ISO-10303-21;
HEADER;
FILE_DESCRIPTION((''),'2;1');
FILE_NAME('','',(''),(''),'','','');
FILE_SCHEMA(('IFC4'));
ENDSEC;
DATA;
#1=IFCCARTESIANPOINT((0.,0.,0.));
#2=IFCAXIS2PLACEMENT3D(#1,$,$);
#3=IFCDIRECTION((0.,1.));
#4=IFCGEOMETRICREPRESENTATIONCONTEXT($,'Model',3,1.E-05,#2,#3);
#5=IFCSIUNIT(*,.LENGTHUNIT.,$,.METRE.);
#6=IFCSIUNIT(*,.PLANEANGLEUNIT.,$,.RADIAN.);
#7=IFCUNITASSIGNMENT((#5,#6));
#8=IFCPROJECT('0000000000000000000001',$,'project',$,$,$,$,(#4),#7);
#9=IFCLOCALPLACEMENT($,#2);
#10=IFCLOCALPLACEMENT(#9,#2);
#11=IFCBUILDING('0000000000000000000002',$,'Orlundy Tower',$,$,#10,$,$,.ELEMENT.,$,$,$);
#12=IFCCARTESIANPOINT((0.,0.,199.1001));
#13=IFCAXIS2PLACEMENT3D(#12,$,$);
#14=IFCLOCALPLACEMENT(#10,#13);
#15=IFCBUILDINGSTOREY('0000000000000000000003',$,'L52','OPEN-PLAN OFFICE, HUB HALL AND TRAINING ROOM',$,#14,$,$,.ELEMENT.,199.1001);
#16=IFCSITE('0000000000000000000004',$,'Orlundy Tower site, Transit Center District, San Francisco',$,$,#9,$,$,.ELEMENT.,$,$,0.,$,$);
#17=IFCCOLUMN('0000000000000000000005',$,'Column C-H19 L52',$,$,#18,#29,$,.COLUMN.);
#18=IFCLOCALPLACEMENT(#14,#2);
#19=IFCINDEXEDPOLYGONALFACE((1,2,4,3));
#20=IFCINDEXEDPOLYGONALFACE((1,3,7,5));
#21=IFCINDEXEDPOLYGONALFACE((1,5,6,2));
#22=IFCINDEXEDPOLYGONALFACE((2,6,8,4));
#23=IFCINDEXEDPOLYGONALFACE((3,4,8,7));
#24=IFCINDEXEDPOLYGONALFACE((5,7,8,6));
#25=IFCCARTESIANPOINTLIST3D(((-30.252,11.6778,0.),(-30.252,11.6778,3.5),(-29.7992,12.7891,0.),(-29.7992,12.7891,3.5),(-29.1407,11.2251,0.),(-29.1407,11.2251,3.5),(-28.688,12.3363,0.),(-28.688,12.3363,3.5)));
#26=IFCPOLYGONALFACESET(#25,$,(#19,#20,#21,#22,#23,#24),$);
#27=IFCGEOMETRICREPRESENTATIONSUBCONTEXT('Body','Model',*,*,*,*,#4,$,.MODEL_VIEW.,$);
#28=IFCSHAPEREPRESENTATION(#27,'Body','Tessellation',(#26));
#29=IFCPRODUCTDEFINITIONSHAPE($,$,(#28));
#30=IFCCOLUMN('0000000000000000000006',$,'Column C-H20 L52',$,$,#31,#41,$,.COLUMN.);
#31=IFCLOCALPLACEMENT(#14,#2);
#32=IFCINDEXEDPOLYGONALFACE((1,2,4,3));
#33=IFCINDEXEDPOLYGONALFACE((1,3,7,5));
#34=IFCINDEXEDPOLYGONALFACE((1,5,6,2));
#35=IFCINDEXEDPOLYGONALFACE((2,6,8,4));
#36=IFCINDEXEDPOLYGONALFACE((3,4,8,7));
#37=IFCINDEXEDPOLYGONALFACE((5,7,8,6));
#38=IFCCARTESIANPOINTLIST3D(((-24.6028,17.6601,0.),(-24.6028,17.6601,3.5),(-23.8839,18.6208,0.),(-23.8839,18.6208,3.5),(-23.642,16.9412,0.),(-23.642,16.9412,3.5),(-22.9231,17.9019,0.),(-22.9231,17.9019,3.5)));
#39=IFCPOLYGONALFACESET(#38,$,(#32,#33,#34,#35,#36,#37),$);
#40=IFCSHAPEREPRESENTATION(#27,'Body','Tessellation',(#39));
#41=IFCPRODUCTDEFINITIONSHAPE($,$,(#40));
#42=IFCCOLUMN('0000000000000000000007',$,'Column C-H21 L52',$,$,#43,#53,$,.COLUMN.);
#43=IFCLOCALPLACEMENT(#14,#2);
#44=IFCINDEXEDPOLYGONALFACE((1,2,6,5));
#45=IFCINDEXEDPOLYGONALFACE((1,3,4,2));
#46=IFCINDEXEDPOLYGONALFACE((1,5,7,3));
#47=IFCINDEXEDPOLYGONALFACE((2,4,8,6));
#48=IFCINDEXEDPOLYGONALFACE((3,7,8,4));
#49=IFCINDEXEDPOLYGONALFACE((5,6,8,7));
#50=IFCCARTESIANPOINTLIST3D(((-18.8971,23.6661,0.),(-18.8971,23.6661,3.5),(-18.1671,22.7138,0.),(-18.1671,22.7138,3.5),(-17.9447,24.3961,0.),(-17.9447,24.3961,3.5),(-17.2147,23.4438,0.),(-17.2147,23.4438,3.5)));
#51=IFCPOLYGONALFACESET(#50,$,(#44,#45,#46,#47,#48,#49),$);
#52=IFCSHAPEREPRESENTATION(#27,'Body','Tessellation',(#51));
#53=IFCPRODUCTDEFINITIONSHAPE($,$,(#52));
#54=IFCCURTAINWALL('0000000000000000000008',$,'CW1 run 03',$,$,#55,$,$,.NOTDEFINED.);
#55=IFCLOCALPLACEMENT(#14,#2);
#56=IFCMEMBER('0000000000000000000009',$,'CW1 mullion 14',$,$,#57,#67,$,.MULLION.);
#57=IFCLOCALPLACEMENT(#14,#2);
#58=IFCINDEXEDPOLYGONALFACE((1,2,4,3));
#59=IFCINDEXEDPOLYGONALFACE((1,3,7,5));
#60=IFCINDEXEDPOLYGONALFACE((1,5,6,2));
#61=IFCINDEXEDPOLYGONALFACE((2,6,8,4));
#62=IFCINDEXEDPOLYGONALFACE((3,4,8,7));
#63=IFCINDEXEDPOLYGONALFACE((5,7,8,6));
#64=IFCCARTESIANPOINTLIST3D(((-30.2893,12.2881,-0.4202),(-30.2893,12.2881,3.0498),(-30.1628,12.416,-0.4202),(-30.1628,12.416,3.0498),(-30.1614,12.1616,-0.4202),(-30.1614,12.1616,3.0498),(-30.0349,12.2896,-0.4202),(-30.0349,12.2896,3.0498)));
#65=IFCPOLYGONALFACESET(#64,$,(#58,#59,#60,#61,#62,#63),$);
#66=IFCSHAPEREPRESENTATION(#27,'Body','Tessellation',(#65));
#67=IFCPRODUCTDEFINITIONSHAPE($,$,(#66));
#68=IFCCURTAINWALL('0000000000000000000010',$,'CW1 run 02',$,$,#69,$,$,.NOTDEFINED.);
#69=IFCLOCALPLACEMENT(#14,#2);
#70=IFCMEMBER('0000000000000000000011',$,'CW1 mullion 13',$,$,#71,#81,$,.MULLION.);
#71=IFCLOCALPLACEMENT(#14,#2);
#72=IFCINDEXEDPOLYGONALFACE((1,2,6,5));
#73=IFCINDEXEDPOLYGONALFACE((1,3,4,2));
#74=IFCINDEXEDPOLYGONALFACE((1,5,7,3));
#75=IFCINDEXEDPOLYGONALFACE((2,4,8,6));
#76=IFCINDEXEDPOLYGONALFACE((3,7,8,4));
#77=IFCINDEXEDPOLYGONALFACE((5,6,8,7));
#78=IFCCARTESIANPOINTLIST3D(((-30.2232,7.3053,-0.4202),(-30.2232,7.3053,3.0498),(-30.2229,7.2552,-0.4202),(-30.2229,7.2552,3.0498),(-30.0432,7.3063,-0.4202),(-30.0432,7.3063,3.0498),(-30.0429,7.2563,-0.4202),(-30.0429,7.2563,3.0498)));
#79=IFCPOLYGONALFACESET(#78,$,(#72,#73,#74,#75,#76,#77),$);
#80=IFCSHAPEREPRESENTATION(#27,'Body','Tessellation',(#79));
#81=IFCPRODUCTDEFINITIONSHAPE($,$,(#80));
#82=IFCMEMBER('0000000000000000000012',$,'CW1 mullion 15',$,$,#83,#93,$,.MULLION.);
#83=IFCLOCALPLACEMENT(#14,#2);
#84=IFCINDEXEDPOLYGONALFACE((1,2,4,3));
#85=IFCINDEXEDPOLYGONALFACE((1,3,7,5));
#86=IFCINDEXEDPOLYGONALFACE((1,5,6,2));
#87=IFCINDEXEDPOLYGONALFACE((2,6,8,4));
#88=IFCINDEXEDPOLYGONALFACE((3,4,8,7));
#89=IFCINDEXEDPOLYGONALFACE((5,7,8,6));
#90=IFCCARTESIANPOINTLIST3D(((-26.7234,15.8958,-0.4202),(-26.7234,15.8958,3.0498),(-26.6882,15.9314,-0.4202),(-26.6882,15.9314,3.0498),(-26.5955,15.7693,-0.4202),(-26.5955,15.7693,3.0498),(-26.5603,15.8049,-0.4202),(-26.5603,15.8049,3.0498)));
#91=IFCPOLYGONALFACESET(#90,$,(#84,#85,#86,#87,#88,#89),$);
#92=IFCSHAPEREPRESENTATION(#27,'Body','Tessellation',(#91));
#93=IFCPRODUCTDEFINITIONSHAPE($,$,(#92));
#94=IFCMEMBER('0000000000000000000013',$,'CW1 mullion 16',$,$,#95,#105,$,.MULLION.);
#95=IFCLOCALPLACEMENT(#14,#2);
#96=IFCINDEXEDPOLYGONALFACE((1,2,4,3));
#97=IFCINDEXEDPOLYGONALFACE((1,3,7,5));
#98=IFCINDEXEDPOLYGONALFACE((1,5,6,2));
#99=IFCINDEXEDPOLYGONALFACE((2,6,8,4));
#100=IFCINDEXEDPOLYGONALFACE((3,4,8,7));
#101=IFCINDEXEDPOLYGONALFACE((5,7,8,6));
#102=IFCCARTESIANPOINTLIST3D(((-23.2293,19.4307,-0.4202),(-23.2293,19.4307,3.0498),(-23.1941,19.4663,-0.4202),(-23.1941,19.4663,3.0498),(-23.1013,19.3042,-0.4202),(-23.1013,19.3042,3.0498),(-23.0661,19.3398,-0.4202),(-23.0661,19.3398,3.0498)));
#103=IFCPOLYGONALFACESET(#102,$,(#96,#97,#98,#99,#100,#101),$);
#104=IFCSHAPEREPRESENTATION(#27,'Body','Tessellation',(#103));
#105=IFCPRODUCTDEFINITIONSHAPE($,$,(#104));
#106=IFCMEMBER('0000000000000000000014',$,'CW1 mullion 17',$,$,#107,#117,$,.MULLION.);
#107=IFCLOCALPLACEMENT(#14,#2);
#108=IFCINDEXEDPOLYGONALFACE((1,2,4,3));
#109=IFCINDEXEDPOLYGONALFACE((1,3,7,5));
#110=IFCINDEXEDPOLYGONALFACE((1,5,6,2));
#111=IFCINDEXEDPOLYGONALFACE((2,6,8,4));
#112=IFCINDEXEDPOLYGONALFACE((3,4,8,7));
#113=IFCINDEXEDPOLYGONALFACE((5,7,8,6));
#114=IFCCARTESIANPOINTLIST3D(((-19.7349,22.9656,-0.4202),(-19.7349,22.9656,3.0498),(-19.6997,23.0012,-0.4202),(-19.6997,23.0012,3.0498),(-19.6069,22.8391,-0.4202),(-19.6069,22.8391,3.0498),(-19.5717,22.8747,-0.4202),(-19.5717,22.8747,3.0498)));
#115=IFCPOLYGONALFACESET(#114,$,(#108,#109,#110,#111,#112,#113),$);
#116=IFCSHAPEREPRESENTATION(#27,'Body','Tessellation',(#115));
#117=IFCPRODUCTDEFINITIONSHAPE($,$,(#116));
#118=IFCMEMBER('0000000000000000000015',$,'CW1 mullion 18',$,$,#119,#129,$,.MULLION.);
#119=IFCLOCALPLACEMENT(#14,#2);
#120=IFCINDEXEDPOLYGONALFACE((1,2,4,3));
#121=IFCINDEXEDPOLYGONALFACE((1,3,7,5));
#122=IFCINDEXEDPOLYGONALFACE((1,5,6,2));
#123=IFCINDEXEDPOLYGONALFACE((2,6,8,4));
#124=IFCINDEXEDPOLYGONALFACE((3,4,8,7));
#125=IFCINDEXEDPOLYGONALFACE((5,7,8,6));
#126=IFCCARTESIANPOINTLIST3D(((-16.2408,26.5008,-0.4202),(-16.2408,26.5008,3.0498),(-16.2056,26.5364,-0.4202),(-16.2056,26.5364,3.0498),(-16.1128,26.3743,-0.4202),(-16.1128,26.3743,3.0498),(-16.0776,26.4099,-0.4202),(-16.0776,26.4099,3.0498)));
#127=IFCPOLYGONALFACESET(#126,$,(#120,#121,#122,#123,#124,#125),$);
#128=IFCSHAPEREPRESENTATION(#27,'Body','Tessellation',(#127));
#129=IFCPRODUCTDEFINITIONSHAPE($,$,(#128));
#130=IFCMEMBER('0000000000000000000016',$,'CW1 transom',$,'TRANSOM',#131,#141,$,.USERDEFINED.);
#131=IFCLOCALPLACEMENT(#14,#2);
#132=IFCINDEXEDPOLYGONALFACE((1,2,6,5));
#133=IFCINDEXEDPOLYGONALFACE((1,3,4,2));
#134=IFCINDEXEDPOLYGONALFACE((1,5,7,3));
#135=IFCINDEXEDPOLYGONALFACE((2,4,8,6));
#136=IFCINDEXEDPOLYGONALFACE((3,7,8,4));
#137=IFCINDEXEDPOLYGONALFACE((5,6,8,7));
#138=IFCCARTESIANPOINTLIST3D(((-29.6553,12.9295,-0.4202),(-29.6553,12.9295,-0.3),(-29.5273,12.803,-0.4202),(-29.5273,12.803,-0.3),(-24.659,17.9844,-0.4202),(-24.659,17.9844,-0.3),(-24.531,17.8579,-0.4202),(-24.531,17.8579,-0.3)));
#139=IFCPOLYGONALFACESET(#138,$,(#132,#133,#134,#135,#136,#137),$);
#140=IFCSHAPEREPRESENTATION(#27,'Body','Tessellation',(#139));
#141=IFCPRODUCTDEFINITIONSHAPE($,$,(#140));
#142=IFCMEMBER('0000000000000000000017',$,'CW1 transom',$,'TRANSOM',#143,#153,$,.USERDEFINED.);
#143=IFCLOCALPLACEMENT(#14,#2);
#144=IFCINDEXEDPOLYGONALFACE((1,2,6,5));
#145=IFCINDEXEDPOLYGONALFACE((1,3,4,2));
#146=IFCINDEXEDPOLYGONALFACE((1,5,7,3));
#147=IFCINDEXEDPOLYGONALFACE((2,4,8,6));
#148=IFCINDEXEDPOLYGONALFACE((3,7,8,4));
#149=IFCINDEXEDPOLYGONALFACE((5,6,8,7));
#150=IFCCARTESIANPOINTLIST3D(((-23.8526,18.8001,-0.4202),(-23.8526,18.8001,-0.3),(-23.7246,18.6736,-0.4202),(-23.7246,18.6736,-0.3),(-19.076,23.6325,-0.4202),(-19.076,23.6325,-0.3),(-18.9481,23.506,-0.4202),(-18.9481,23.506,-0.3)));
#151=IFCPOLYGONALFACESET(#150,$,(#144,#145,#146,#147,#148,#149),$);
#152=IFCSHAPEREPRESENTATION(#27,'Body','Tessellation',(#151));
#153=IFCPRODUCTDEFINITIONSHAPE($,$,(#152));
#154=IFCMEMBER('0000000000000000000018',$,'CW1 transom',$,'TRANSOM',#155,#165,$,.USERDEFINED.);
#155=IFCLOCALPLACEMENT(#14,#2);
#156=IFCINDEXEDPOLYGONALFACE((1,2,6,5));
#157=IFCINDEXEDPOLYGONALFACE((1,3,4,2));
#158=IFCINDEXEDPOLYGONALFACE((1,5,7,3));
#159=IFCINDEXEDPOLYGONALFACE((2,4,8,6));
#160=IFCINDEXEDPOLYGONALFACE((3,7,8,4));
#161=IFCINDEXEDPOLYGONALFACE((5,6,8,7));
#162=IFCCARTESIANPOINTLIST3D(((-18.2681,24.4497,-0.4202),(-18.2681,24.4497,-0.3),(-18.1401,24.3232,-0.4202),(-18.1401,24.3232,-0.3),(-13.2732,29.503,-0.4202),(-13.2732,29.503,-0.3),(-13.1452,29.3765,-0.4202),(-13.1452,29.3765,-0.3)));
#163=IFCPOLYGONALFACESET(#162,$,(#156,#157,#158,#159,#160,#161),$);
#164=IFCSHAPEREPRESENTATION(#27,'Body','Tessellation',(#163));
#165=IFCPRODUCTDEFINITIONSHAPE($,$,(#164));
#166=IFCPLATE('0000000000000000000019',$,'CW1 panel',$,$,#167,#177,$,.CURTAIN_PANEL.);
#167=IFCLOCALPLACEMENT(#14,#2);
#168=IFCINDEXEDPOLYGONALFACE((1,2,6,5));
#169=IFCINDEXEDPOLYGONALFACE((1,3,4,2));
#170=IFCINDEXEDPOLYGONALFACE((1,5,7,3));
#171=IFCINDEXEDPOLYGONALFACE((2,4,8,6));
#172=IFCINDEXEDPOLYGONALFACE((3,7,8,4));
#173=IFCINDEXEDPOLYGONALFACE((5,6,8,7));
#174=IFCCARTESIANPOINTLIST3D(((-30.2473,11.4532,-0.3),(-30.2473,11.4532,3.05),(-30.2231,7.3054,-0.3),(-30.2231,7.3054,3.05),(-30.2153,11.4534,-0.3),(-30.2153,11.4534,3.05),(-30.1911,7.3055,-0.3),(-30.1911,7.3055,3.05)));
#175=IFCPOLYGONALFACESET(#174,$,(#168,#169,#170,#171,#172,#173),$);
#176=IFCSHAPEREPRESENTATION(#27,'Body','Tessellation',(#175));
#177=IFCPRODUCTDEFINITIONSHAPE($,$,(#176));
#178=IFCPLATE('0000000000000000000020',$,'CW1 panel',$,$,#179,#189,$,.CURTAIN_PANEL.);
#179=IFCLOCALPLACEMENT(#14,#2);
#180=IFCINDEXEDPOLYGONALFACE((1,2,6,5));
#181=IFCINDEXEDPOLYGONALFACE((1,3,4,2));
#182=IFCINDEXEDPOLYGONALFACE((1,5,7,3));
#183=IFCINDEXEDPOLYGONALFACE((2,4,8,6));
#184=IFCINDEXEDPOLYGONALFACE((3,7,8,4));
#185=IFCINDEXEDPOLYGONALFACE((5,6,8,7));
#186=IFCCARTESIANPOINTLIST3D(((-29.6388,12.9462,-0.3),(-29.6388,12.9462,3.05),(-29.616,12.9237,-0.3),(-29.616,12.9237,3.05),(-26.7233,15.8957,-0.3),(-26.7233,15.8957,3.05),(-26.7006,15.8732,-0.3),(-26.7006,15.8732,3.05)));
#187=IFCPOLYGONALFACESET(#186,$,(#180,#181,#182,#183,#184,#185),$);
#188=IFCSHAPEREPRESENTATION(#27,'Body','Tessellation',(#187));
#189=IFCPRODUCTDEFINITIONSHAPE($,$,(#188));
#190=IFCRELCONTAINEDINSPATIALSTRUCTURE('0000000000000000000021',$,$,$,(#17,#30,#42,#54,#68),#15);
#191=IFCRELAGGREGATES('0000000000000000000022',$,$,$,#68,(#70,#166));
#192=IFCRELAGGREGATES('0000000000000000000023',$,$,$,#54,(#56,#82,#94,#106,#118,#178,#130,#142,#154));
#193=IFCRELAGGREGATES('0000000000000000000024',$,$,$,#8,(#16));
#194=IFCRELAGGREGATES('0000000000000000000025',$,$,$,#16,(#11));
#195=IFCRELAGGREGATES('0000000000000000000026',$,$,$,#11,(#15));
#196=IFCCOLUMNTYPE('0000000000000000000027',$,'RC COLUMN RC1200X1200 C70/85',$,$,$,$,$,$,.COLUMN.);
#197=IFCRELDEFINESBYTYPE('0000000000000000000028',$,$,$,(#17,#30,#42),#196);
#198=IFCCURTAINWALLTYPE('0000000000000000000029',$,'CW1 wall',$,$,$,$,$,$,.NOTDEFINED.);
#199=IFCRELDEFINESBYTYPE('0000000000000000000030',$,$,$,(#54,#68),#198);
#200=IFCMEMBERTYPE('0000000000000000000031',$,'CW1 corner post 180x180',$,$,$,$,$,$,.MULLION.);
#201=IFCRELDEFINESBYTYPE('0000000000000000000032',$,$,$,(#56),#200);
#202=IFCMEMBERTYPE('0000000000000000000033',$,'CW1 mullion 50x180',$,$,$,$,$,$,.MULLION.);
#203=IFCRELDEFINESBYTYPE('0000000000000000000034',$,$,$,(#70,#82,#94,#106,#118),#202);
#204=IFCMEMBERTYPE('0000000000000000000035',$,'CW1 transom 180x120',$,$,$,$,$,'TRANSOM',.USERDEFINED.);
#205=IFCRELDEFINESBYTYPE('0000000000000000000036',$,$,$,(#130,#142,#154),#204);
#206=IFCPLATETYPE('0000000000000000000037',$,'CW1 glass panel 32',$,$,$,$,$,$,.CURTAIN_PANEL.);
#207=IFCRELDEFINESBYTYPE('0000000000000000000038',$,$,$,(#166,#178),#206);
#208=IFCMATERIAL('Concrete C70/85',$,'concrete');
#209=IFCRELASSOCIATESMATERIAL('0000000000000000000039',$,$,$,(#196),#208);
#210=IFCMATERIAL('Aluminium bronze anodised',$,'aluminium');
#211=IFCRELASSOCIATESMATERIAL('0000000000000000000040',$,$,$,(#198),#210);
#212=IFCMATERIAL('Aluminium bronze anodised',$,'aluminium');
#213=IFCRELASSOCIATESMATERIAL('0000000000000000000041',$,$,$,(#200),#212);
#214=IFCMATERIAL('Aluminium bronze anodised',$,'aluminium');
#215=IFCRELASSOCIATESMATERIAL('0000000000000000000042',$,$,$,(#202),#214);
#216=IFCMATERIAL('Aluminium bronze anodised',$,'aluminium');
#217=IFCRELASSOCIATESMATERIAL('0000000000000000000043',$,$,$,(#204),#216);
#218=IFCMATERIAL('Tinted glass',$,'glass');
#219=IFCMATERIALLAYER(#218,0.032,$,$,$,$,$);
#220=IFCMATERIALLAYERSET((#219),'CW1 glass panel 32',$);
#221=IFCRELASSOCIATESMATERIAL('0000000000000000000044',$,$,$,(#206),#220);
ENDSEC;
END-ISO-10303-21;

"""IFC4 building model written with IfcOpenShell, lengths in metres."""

from ifc_helpers import new_model, si_unit, direction, frame, origin, origin_2d, place, context, subcontext, project, spatial, rectangle, extrude, material, layer, layer_set, material_profile, profile_set, type_object, element, aggregate, save


model = new_model("IFC4")

# Units and contexts
model_context = context("Model", 3, precision=1e-05, world=origin(), true_north=direction((0.0, 1.0)))
body_context = subcontext(model_context, "Body", "Model", "MODEL_VIEW")
ifc_project = project(units=[si_unit("LENGTHUNIT", "METRE"), si_unit("PLANEANGLEUNIT", "RADIAN")], contexts=[model_context])

# Site, building, storey
site_placement = place(None, origin())
site = spatial("IfcSite", under=ifc_project, at=site_placement, Name="Orlundy Tower site, Transit Center District, San Francisco", CompositionType="ELEMENT", RefElevation=0.0)
building_placement = place(site_placement, origin())
building = spatial("IfcBuilding", under=site, at=building_placement, Name="Orlundy Tower", CompositionType="ELEMENT")
storey_placement = place(building_placement, frame((0.0, 0.0, 199.1001)))
storey = spatial("IfcBuildingStorey", under=building, at=storey_placement, Name="L52", Description="OPEN-PLAN OFFICE, HUB HALL AND TRAINING ROOM", CompositionType="ELEMENT", Elevation=199.1001)

# Columns
ifc_material_1 = material(Name="Concrete C70/85", Category="concrete")
ifc_material_profile_1 = material_profile(ifc_material_1, rectangle(XDim=1.2, YDim=1.2, at=origin_2d()), Name="RC1200X1200")
ifc_profile_set_1 = profile_set([ifc_material_profile_1], Name="Concrete C70/85")
column_type = type_object("IfcColumnType", Name="RC COLUMN RC1200X1200 C70/85", PredefinedType="COLUMN", material=ifc_profile_set_1)
for number, where, z_axis, x_axis, name in (
    (1, (-29.47, 12.0071, 0.0), (0.0, 0.0, 1.0), (-0.926081, 0.377324, 0.0), "Column C-H19 L52"),
    (2, (-23.7629, 17.781, 0.0), (0.0, 0.0, 1.0), (-0.800669, 0.599107, 0.0), "Column C-H20 L52"),
    (3, (-18.0559, 23.5549, 0.0), (0.0, 0.0, 1.0), (-0.608374, 0.793651, 0.0), "Column C-H21 L52"),
):
    element("IfcColumn", number, at=place(storey_placement, frame(where, z_axis=z_axis, x_axis=x_axis)), inside=storey, type_object=column_type, Name=name, PredefinedType="COLUMN", context=body_context, shape_type="SweptSolid", body=[
        extrude(rectangle(XDim=1.2, YDim=1.2, at=origin_2d()), origin(), (0.0, 0.0, 1.0), 3.5),
    ])

# Curtain walls, members
ifc_material_2 = material(Name="Aluminium bronze anodised", Category="aluminium")
curtain_wall_type = type_object("IfcCurtainWallType", Name="CW1 wall", PredefinedType="NOTDEFINED", material=ifc_material_2)
curtain_wall_1_placement = place(storey_placement, origin())
curtain_wall_1 = element("IfcCurtainWall", 4, at=curtain_wall_1_placement, inside=storey, type_object=curtain_wall_type, Name="CW1 run 03", PredefinedType="NOTDEFINED")
ifc_material_3 = material(Name="Aluminium bronze anodised", Category="aluminium")
ifc_material_profile_2 = material_profile(ifc_material_3, rectangle(XDim=0.1799, YDim=0.1799, at=origin_2d()), Name="CW1 corner post 180x180")
ifc_profile_set_2 = profile_set([ifc_material_profile_2], Name="Aluminium bronze anodised")
member_type_1 = type_object("IfcMemberType", Name="CW1 corner post 180x180", PredefinedType="MULLION", material=ifc_profile_set_2)
member_1_placement = place(storey_placement, frame((-30.1621, 12.2888, -0.4202), z_axis=(0.0, 0.0, 1.0), x_axis=(-0.711199, 0.702991, 0.0)))
member_1 = element("IfcMember", 5, at=member_1_placement, type_object=member_type_1, Name="CW1 mullion 14", PredefinedType="MULLION", context=body_context, shape_type="SweptSolid", body=[
    extrude(rectangle(XDim=0.1799, YDim=0.1799, at=origin_2d()), origin(), (0.0, 0.0, 1.0), 3.47),
])
curtain_wall_2_placement = place(storey_placement, origin())
curtain_wall_2 = element("IfcCurtainWall", 6, at=curtain_wall_2_placement, inside=storey, type_object=curtain_wall_type, Name="CW1 run 02", PredefinedType="NOTDEFINED")
ifc_material_4 = material(Name="Aluminium bronze anodised", Category="aluminium")
ifc_material_profile_3 = material_profile(ifc_material_4, rectangle(XDim=0.1799, YDim=0.05, at=origin_2d()), Name="CW1 mullion 50x180")
ifc_profile_set_3 = profile_set([ifc_material_profile_3], Name="Aluminium bronze anodised")
member_type_2 = type_object("IfcMemberType", Name="CW1 mullion 50x180", PredefinedType="MULLION", material=ifc_profile_set_3)
member_2_placement = place(storey_placement, frame((-30.1331, 7.2808, -0.4202), z_axis=(0.0, 0.0, 1.0), x_axis=(-0.999983, -0.005834, 0.0)))
member_2 = element("IfcMember", 7, at=member_2_placement, type_object=member_type_2, Name="CW1 mullion 13", PredefinedType="MULLION", context=body_context, shape_type="SweptSolid", body=[
    extrude(rectangle(XDim=0.1799, YDim=0.05, at=origin_2d()), origin(), (0.0, 0.0, 1.0), 3.47),
])

# Members
member_3_placement = place(storey_placement, frame((-26.6418, 15.8503, -0.4202), z_axis=(0.0, 0.0, 1.0), x_axis=(-0.711199, 0.702991, 0.0)))
member_3 = element("IfcMember", 8, at=member_3_placement, type_object=member_type_2, Name="CW1 mullion 15", PredefinedType="MULLION", context=body_context, shape_type="SweptSolid", body=[
    extrude(rectangle(XDim=0.1799, YDim=0.05, at=origin_2d()), origin(), (0.0, 0.0, 1.0), 3.47),
])
member_4_placement = place(storey_placement, frame((-23.1477, 19.3853, -0.4202), z_axis=(0.0, 0.0, 1.0), x_axis=(-0.711199, 0.702991, 0.0)))
member_4 = element("IfcMember", 9, at=member_4_placement, type_object=member_type_2, Name="CW1 mullion 16", PredefinedType="MULLION", context=body_context, shape_type="SweptSolid", body=[
    extrude(rectangle(XDim=0.1799, YDim=0.05, at=origin_2d()), origin(), (0.0, 0.0, 1.0), 3.47),
])
member_5_placement = place(storey_placement, frame((-19.6533, 22.9202, -0.4202), z_axis=(0.0, 0.0, 1.0), x_axis=(-0.711199, 0.702991, 0.0)))
member_5 = element("IfcMember", 10, at=member_5_placement, type_object=member_type_2, Name="CW1 mullion 17", PredefinedType="MULLION", context=body_context, shape_type="SweptSolid", body=[
    extrude(rectangle(XDim=0.1799, YDim=0.05, at=origin_2d()), origin(), (0.0, 0.0, 1.0), 3.47),
])
member_6_placement = place(storey_placement, frame((-16.1592, 26.4553, -0.4202), z_axis=(0.0, 0.0, 1.0), x_axis=(-0.711199, 0.702991, 0.0)))
member_6 = element("IfcMember", 11, at=member_6_placement, type_object=member_type_2, Name="CW1 mullion 18", PredefinedType="MULLION", context=body_context, shape_type="SweptSolid", body=[
    extrude(rectangle(XDim=0.1799, YDim=0.05, at=origin_2d()), origin(), (0.0, 0.0, 1.0), 3.47),
])
ifc_material_5 = material(Name="Aluminium bronze anodised", Category="aluminium")
ifc_material_profile_4 = material_profile(ifc_material_5, rectangle(XDim=0.1799, YDim=0.1201, at=origin_2d()), Name="CW1 transom 180x120")
ifc_profile_set_4 = profile_set([ifc_material_profile_4], Name="Aluminium bronze anodised")
member_type_3 = type_object("IfcMemberType", Name="CW1 transom 180x120", ElementType="TRANSOM", PredefinedType="USERDEFINED", material=ifc_profile_set_4)
member_7_placement = place(storey_placement, frame((-29.5913, 12.8662, -0.3601), z_axis=(0.702973, 0.711217, 0.0), x_axis=(-0.711217, 0.702973, 0.0)))
member_7 = element("IfcMember", 12, at=member_7_placement, type_object=member_type_3, Name="CW1 transom", ObjectType="TRANSOM", PredefinedType="USERDEFINED", context=body_context, shape_type="SweptSolid", body=[
    extrude(rectangle(XDim=0.1799, YDim=0.1201, at=origin_2d()), origin(), (0.0, 0.0, 1.0), 7.1074),
])
member_8_placement = place(storey_placement, frame((-23.7886, 18.7368, -0.3601), z_axis=(0.702981, 0.711209, 0.0), x_axis=(-0.711209, 0.702981, 0.0)))
member_8 = element("IfcMember", 13, at=member_8_placement, type_object=member_type_3, Name="CW1 transom", ObjectType="TRANSOM", PredefinedType="USERDEFINED", context=body_context, shape_type="SweptSolid", body=[
    extrude(rectangle(XDim=0.1799, YDim=0.1201, at=origin_2d()), origin(), (0.0, 0.0, 1.0), 6.7947),
])
member_9_placement = place(storey_placement, frame((-18.2041, 24.3865, -0.3601), z_axis=(0.702989, 0.711201, 0.0), x_axis=(-0.711201, 0.702989, 0.0)))
member_9 = element("IfcMember", 14, at=member_9_placement, type_object=member_type_3, Name="CW1 transom", ObjectType="TRANSOM", PredefinedType="USERDEFINED", context=body_context, shape_type="SweptSolid", body=[
    extrude(rectangle(XDim=0.1799, YDim=0.1201, at=origin_2d()), origin(), (0.0, 0.0, 1.0), 7.1052),
])

# Plates
ifc_material_6 = material(Name="Tinted glass", Category="glass")
ifc_layer_1 = layer(ifc_material_6, 0.032)
ifc_layer_set_1 = layer_set([ifc_layer_1], Name="CW1 glass panel 32")
plate_type = type_object("IfcPlateType", Name="CW1 glass panel 32", PredefinedType="CURTAIN_PANEL", material=ifc_layer_set_1)
plate_1_placement = place(storey_placement, frame((-30.2192, 9.3794, -0.3), z_axis=(0.0, 0.0, 1.0), x_axis=(-0.005834, 0.999983, 0.0)))
plate_1 = element("IfcPlate", 15, at=plate_1_placement, type_object=plate_type, Name="CW1 panel", PredefinedType="CURTAIN_PANEL", context=body_context, shape_type="SweptSolid", body=[
    extrude(rectangle(XDim=4.1479, YDim=0.032, at=origin_2d()), origin(), (0.0, 0.0, 1.0), 3.3501),
])
aggregate(curtain_wall_2, [member_2, plate_1])
plate_2_placement = place(storey_placement, frame((-28.1697, 14.4097, -0.3), z_axis=(0.0, 0.0, 1.0), x_axis=(0.702991, 0.711199, 0.0)))
plate_2 = element("IfcPlate", 16, at=plate_2_placement, type_object=plate_type, Name="CW1 panel", PredefinedType="CURTAIN_PANEL", context=body_context, shape_type="SweptSolid", body=[
    extrude(rectangle(XDim=4.1472, YDim=0.032, at=origin_2d()), origin(), (0.0, 0.0, 1.0), 3.3501),
])
aggregate(curtain_wall_1, [member_1, member_3, member_4, member_5, member_6, plate_2, member_7, member_8, member_9])

save(model, "model.ifc")
